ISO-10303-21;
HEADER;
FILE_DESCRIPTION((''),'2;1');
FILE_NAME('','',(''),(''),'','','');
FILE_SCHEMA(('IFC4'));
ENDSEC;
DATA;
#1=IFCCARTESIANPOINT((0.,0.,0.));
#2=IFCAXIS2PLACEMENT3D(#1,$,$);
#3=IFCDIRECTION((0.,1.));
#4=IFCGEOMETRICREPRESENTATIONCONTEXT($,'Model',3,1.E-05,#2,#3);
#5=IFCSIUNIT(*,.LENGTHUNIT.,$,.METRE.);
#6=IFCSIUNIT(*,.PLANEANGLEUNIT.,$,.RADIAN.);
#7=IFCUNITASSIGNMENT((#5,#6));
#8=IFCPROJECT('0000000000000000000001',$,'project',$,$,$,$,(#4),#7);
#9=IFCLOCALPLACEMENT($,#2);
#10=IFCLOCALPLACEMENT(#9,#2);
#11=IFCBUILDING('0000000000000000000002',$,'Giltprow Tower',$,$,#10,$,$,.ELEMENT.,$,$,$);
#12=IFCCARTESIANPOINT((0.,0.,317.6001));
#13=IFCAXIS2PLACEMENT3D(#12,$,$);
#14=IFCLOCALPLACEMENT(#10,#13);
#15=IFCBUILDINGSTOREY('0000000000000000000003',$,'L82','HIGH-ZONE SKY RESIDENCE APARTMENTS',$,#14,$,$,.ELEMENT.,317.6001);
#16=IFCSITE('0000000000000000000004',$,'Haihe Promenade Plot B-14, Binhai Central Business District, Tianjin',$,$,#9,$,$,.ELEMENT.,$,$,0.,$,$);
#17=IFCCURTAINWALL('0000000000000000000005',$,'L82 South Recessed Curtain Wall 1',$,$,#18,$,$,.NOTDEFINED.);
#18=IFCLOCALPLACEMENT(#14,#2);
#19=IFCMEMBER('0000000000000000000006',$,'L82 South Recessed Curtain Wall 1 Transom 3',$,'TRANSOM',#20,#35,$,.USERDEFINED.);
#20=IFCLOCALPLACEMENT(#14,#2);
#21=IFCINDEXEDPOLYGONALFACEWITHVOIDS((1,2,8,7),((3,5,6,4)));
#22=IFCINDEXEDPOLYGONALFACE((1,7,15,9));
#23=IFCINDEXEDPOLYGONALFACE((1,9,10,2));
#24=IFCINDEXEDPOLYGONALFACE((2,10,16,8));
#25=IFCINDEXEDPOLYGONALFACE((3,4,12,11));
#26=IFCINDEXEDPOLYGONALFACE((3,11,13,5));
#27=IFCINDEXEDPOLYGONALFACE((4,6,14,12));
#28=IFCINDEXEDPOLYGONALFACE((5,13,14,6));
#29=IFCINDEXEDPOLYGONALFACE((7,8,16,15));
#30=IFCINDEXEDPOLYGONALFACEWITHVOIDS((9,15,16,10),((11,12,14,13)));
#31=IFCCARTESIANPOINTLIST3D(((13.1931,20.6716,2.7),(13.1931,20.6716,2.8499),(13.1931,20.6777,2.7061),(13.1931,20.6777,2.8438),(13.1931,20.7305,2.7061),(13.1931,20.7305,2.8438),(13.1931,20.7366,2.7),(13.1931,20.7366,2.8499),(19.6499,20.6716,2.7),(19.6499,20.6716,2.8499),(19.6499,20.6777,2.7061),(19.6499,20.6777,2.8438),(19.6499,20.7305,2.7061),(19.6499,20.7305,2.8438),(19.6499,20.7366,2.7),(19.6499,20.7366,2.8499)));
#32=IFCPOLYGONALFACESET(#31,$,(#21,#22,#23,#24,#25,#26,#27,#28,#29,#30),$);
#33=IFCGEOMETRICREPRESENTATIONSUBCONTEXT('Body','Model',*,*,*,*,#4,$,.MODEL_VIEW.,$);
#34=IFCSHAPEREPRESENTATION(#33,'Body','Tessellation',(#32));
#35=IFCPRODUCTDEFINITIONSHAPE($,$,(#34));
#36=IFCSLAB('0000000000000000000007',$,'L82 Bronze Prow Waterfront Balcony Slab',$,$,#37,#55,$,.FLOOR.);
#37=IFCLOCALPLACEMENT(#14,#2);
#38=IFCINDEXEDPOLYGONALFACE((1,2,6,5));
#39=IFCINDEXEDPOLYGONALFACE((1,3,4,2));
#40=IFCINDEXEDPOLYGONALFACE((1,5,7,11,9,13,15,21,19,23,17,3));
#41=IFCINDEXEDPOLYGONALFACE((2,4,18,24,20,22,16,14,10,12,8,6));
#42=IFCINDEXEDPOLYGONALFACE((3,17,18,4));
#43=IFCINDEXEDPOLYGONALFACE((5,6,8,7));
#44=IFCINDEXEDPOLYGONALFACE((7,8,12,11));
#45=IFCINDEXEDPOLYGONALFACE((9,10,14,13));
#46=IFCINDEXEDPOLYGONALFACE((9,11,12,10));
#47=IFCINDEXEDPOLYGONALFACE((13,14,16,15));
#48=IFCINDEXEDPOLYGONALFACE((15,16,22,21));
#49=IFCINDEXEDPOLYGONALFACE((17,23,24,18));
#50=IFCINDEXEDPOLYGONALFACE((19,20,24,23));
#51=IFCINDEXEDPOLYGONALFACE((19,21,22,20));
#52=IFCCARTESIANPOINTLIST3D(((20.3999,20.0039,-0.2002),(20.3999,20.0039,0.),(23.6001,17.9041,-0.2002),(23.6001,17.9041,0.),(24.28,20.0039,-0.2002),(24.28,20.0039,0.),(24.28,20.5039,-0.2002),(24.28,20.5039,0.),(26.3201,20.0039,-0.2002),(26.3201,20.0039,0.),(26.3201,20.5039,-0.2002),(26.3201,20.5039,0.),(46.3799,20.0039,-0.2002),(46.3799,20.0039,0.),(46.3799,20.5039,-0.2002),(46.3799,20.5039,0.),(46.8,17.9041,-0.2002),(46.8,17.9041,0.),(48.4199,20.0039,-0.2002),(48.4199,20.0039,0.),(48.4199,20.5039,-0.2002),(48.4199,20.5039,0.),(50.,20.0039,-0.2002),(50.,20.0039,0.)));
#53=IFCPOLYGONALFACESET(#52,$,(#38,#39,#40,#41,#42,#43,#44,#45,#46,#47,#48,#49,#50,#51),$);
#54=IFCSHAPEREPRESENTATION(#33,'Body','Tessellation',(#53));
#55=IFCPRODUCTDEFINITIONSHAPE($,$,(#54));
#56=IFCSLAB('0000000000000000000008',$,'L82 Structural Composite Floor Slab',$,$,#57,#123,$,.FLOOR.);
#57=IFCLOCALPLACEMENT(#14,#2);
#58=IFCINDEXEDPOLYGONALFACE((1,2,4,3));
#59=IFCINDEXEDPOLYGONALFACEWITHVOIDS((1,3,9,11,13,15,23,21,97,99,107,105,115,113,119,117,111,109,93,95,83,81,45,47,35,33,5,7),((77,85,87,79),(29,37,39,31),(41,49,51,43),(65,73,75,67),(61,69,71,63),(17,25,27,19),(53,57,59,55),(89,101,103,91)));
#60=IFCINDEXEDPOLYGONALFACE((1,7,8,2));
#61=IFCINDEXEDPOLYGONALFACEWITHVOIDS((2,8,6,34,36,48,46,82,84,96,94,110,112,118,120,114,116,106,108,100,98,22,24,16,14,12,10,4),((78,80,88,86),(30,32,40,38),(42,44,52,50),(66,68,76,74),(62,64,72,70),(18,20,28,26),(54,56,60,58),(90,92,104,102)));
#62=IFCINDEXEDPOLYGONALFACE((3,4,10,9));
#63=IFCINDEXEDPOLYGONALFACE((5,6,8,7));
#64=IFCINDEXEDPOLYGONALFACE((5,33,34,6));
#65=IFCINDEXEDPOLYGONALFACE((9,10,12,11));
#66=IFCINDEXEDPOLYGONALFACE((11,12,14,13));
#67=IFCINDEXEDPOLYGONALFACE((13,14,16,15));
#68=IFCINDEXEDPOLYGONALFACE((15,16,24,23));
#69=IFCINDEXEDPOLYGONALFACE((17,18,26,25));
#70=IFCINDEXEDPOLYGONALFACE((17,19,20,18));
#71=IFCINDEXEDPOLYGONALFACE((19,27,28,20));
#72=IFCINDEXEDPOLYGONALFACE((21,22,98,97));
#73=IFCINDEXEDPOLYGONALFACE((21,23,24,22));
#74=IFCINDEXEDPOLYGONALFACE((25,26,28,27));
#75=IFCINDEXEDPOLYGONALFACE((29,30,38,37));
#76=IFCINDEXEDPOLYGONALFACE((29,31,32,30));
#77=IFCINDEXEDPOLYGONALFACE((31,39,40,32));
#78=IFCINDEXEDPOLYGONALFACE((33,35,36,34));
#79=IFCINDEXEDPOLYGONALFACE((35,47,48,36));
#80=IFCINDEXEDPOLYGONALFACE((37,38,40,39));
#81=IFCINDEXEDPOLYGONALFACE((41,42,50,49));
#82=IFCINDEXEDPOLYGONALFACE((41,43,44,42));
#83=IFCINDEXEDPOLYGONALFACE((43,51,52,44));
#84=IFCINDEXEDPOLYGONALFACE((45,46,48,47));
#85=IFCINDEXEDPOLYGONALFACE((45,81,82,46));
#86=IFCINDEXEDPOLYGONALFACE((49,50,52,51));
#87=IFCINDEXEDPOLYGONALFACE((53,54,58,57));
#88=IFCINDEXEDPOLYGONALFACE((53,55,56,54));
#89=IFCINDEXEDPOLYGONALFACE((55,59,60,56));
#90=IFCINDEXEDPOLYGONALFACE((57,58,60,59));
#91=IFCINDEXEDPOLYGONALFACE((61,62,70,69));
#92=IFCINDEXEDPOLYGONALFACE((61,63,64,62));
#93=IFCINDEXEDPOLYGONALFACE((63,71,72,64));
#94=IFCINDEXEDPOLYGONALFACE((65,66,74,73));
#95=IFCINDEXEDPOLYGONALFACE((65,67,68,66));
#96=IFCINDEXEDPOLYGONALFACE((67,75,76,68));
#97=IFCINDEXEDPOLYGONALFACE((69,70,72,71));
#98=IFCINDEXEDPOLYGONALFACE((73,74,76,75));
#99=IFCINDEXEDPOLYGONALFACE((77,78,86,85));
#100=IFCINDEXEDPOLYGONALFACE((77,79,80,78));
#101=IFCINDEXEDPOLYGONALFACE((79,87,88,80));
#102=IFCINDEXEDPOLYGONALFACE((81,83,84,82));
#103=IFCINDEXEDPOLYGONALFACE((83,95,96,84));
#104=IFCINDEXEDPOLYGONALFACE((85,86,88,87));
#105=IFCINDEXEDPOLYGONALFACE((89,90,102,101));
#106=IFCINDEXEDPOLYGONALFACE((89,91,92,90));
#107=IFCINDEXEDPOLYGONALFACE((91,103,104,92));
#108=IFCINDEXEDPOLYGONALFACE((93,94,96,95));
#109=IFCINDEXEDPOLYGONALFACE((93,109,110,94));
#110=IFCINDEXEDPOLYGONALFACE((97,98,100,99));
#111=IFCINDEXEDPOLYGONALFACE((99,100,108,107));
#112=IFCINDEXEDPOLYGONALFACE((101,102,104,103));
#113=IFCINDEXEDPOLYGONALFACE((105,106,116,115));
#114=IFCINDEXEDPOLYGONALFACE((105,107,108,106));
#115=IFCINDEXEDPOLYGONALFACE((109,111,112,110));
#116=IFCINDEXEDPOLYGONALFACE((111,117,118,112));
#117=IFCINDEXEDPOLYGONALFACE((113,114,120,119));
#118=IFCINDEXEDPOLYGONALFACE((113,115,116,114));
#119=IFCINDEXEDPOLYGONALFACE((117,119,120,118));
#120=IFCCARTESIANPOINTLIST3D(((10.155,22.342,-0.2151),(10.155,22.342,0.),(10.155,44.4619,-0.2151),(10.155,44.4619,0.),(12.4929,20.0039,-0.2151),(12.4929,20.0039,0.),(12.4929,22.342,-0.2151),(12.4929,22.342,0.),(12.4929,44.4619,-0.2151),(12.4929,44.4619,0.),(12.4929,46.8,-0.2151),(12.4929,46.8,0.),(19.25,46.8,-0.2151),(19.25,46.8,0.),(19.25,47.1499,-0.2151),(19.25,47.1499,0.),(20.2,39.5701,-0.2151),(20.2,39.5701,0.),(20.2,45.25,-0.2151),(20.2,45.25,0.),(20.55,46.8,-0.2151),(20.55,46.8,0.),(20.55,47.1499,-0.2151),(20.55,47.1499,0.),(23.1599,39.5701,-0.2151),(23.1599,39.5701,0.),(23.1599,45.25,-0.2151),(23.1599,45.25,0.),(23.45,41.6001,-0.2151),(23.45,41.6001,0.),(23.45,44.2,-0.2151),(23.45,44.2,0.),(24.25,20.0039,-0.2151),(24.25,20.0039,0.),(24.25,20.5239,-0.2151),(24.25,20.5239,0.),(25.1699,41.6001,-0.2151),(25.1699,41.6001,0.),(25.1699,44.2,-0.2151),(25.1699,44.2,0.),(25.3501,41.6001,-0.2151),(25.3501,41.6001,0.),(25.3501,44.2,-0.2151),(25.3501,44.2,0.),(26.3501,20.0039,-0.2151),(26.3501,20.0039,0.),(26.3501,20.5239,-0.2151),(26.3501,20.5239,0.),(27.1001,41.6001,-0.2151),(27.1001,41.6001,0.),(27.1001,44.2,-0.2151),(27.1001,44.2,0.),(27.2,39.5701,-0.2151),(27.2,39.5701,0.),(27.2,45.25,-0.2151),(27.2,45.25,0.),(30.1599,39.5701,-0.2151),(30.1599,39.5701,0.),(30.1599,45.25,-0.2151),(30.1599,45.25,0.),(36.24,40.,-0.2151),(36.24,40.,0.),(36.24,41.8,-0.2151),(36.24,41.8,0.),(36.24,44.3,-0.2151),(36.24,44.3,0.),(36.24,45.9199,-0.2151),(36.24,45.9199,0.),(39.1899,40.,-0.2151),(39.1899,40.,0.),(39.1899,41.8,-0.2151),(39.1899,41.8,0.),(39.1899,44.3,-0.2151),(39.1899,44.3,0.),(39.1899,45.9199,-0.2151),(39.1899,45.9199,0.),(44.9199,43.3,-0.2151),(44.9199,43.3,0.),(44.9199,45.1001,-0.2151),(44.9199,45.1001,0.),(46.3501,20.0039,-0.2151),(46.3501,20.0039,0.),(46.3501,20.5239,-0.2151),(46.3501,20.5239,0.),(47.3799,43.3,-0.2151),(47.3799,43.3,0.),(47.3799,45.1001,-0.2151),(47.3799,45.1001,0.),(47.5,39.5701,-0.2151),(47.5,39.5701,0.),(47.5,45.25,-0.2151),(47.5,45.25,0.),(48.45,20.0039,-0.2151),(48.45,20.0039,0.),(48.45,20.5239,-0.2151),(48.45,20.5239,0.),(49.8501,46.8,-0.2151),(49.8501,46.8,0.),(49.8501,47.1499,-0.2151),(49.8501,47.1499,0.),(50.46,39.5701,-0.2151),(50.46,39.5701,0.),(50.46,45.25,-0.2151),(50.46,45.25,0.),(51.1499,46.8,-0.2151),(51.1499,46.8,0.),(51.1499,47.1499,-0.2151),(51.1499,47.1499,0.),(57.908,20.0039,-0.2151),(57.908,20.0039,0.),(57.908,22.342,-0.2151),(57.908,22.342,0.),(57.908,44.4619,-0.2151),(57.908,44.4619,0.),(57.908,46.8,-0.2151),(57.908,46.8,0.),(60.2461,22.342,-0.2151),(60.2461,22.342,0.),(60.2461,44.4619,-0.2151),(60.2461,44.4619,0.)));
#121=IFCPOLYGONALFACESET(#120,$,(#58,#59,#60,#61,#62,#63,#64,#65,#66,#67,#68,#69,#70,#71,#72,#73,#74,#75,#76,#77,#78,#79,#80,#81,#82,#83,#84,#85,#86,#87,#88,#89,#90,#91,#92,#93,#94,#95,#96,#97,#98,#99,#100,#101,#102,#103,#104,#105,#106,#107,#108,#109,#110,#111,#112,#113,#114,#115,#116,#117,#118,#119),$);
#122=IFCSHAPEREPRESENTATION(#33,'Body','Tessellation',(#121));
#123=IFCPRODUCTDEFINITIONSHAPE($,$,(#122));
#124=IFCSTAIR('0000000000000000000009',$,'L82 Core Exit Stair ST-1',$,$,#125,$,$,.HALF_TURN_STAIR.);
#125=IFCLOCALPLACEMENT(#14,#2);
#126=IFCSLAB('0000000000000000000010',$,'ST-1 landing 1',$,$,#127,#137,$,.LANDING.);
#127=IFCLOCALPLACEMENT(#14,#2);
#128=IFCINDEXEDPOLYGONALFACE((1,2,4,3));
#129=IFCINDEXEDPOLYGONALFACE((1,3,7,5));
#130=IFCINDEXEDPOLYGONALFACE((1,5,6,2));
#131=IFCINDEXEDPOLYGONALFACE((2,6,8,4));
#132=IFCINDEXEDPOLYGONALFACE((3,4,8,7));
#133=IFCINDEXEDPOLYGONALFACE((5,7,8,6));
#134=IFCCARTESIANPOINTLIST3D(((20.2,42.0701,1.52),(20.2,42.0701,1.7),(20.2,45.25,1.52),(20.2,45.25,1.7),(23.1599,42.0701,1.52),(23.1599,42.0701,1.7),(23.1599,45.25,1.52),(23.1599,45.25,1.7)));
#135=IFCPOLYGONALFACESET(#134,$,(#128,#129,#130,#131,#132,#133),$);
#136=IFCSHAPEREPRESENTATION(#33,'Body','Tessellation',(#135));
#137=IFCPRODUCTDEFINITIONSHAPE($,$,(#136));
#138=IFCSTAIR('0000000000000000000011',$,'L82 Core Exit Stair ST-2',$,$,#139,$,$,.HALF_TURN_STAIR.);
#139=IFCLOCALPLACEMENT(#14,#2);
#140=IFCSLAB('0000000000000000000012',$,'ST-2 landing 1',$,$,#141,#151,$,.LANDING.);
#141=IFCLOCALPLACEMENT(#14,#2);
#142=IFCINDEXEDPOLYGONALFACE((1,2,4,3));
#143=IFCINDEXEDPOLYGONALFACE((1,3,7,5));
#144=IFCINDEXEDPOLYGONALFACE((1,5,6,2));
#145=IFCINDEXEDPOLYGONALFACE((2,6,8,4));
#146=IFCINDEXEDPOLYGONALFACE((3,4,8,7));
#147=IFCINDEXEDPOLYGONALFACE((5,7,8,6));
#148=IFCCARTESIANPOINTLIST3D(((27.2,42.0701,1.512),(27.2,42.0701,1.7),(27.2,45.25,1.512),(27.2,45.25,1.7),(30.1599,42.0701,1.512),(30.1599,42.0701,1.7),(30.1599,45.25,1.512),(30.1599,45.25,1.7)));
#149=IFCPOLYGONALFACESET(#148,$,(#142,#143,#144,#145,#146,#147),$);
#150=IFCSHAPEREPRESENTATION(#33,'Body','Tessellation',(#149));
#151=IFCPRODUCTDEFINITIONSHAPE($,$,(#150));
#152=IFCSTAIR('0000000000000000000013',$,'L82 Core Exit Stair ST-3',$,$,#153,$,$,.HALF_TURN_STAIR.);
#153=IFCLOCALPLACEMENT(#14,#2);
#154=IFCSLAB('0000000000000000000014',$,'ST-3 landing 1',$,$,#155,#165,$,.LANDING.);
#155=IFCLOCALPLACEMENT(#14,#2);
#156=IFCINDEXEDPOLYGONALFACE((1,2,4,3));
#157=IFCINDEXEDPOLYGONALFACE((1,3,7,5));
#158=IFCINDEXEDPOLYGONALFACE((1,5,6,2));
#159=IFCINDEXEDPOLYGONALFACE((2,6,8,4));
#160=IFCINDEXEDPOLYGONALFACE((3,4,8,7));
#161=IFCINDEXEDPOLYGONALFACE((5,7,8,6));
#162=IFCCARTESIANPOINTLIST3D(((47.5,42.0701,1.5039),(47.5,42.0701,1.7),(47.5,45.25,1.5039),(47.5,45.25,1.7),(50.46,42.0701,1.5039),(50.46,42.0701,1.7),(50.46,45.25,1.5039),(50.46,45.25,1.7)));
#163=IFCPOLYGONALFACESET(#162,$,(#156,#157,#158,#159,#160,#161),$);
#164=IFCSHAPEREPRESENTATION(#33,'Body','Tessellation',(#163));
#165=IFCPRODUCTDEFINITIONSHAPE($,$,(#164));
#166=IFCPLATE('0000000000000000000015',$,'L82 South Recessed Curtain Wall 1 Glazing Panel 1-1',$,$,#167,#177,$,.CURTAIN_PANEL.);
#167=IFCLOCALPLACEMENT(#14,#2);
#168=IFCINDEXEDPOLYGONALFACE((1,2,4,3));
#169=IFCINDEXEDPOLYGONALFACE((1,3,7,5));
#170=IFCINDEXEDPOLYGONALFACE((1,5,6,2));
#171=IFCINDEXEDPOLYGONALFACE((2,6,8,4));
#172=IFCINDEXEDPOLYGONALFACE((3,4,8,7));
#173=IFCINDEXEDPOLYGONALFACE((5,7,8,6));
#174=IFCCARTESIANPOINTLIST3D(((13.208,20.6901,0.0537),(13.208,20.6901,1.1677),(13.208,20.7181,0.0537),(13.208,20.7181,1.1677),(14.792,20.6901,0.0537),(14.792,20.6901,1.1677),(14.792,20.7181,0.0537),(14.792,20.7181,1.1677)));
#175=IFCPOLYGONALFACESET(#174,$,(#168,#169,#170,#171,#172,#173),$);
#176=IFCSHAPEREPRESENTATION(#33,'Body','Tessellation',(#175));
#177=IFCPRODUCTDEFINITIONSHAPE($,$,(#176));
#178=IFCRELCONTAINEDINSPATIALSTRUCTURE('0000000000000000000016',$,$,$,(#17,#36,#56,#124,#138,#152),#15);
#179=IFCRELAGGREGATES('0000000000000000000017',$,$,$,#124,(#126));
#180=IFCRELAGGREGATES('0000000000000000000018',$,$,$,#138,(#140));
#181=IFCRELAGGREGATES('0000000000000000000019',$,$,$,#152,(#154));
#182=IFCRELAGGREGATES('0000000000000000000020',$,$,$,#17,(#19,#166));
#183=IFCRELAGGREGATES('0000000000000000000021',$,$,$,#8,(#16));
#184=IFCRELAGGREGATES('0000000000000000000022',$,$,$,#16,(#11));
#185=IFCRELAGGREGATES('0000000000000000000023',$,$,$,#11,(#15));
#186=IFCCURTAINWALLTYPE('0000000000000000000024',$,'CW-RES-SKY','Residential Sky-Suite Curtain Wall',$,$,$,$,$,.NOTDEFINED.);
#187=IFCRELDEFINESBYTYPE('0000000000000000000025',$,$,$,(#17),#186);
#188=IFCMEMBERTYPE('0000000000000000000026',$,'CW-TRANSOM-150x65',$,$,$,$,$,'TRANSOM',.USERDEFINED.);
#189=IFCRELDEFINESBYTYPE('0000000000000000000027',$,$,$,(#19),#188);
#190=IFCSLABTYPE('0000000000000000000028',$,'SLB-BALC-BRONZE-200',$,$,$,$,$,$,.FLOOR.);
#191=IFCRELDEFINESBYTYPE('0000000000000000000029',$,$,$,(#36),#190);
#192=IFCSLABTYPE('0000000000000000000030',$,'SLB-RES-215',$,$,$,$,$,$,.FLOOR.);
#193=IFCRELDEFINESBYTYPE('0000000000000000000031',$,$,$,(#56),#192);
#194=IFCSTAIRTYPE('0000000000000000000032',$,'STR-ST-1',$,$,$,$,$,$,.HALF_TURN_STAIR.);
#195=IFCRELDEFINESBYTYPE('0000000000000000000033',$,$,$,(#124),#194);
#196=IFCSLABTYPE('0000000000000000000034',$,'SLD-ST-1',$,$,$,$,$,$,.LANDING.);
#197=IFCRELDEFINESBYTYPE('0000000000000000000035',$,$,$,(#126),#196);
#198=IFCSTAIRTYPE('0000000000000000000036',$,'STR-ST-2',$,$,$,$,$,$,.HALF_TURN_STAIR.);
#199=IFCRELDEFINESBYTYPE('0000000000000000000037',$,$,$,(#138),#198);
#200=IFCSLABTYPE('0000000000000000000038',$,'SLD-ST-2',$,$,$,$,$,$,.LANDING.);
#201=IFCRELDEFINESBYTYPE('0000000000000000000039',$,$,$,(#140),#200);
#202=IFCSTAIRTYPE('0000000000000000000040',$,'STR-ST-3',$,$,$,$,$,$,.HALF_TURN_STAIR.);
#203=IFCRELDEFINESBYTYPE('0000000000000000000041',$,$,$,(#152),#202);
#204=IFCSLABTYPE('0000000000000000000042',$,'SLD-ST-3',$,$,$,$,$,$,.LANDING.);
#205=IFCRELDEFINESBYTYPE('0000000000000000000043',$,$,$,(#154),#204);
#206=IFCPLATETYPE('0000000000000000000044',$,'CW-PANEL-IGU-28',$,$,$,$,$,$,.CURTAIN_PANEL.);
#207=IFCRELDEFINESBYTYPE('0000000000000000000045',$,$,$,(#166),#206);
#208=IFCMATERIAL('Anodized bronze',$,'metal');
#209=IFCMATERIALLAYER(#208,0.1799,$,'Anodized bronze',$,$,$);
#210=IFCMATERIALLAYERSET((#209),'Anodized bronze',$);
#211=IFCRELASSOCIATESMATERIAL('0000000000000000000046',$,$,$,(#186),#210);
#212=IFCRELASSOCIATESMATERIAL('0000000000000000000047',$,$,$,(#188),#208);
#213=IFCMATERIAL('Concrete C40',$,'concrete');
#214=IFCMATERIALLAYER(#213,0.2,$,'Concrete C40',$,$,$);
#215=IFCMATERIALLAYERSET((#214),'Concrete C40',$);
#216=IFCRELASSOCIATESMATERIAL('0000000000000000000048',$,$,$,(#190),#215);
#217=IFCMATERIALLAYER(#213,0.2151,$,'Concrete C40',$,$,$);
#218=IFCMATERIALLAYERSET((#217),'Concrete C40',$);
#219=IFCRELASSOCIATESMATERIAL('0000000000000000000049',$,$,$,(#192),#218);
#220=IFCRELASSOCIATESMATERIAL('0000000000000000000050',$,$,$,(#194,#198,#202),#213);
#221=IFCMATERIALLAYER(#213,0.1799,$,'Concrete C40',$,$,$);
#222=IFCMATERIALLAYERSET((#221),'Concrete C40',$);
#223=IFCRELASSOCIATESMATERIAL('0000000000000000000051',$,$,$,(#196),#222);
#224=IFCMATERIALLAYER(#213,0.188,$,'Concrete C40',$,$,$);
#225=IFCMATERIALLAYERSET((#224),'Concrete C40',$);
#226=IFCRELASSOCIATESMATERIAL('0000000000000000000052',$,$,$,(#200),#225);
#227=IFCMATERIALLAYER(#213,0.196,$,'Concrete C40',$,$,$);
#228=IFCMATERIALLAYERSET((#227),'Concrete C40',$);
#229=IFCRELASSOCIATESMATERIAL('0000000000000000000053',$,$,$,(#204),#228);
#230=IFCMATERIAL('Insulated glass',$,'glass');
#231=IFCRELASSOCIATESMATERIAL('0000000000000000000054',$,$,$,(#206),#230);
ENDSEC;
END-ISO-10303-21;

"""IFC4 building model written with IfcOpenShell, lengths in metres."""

from ifc_helpers import new_model, si_unit, direction, frame, origin, origin_2d, place, context, subcontext, project, spatial, polyline, rectangle, hollow_rectangle, outline, extrude, source, transform, mapped, material, layer, layer_set, material_profile, profile_set, type_object, element, aggregate, save


model = new_model("IFC4")

# Units and contexts
model_context = context("Model", 3, precision=1e-05, world=origin(), true_north=direction((0.0, 1.0)))
body_context = subcontext(model_context, "Body", "Model", "MODEL_VIEW")
ifc_project = project(units=[si_unit("LENGTHUNIT", "METRE"), si_unit("PLANEANGLEUNIT", "RADIAN")], contexts=[model_context])

# Site, building, storey
site_placement = place(None, origin())
site = spatial("IfcSite", under=ifc_project, at=site_placement, Name="Haihe Promenade Plot B-14, Binhai Central Business District, Tianjin", CompositionType="ELEMENT", RefElevation=0.0)
building_placement = place(site_placement, origin())
building = spatial("IfcBuilding", under=site, at=building_placement, Name="Giltprow Tower", CompositionType="ELEMENT")
storey_placement = place(building_placement, frame((0.0, 0.0, 317.6001)))
storey = spatial("IfcBuildingStorey", under=building, at=storey_placement, Name="L82", Description="HIGH-ZONE SKY RESIDENCE APARTMENTS", CompositionType="ELEMENT", Elevation=317.6001)

# Curtain wall, member
ifc_material_1 = material(Name="Anodized bronze", Category="metal")
ifc_layer_1 = layer(ifc_material_1, 0.1799, Name="Anodized bronze")
ifc_layer_set_1 = layer_set([ifc_layer_1], Name="Anodized bronze")
curtain_wall_type = type_object("IfcCurtainWallType", Name="CW-RES-SKY", Description="Residential Sky-Suite Curtain Wall", PredefinedType="NOTDEFINED", material=ifc_layer_set_1)
curtain_wall_placement = place(storey_placement, origin())
curtain_wall = element("IfcCurtainWall", 1, at=curtain_wall_placement, inside=storey, type_object=curtain_wall_type, Name="L82 South Recessed Curtain Wall 1", PredefinedType="NOTDEFINED")
ifc_material_profile_1 = material_profile(ifc_material_1, hollow_rectangle(XDim=0.0649, YDim=0.1499, WallThickness=0.0061, at=origin_2d()), Name="RHS 150x65x6")
ifc_profile_set_1 = profile_set([ifc_material_profile_1], Name="Anodized bronze")
member_type_1 = type_object("IfcMemberType", Name="CW-TRANSOM-150x65", ElementType="TRANSOM", PredefinedType="USERDEFINED", material=ifc_profile_set_1)
shared_shape_1 = source(origin(), body_context, "Body", "SweptSolid", [
    extrude(hollow_rectangle(XDim=0.0649, YDim=0.1499, WallThickness=0.0061, at=origin_2d()), origin(), (0.0, 0.0, 1.0), 6.4568),
])
member_1_placement = place(storey_placement, frame((13.1931, 20.7041, 2.7749), z_axis=(1.0, 0.0, 0.0), x_axis=(0.0, 1.0, 0.0)))
member_1 = element("IfcMember", 2, at=member_1_placement, type_object=member_type_1, Name="L82 South Recessed Curtain Wall 1 Transom 3", ObjectType="TRANSOM", PredefinedType="USERDEFINED", context=body_context, shape_type="MappedRepresentation", body=[
    mapped(shared_shape_1, transform((0.0, 0.0, 0.0), x_axis=(1.0, 0.0, 0.0), y_axis=(0.0, 1.0, 0.0), z_axis=(0.0, 0.0, 1.0), scale=1.0)),
])

# Slabs
ifc_material_2 = material(Name="Concrete C40", Category="concrete")
ifc_layer_2 = layer(ifc_material_2, 0.2, Name="Concrete C40")
ifc_layer_set_2 = layer_set([ifc_layer_2], Name="Concrete C40")
slab_type_1 = type_object("IfcSlabType", Name="SLB-BALC-BRONZE-200", PredefinedType="FLOOR", material=ifc_layer_set_2)
slab_1_placement = place(storey_placement, frame((0.0, 0.0, -0.2002)))
element("IfcSlab", 3, at=slab_1_placement, inside=storey, type_object=slab_type_1, Name="L82 Bronze Prow Waterfront Balcony Slab", PredefinedType="FLOOR", context=body_context, shape_type="SweptSolid", body=[
    extrude(outline(polyline([(50.0, 20.0039), (46.8, 17.9041), (23.6001, 17.9041), (20.3999, 20.0039), (24.28, 20.0039), (24.28, 20.5039), (26.3201, 20.5039), (26.3201, 20.0039), (46.3799, 20.0039), (46.3799, 20.5039), (48.4199, 20.5039), (48.4199, 20.0039), (50.0, 20.0039)])), origin(), (0.0, 0.0, 1.0), 0.2002),
])
ifc_layer_3 = layer(ifc_material_2, 0.2151, Name="Concrete C40")
ifc_layer_set_3 = layer_set([ifc_layer_3], Name="Concrete C40")
slab_type_2 = type_object("IfcSlabType", Name="SLB-RES-215", PredefinedType="FLOOR", material=ifc_layer_set_3)
slab_2_placement = place(storey_placement, frame((0.0, 0.0, -0.2151)))
element("IfcSlab", 4, at=slab_2_placement, inside=storey, type_object=slab_type_2, Name="L82 Structural Composite Floor Slab", PredefinedType="FLOOR", context=body_context, shape_type="SweptSolid", body=[
    extrude(outline(polyline([(60.2461, 44.4619), (60.2461, 22.342), (57.908, 22.342), (57.908, 20.0039), (48.45, 20.0039), (48.45, 20.5239), (46.3501, 20.5239), (46.3501, 20.0039), (26.3501, 20.0039), (26.3501, 20.5239), (24.25, 20.5239), (24.25, 20.0039), (12.4929, 20.0039), (12.4929, 22.342), (10.155, 22.342), (10.155, 44.4619), (12.4929, 44.4619), (12.4929, 46.8), (19.25, 46.8), (19.25, 47.1499), (20.55, 47.1499), (20.55, 46.8), (49.8501, 46.8), (49.8501, 47.1499), (51.1499, 47.1499), (51.1499, 46.8), (57.908, 46.8), (57.908, 44.4619), (60.2461, 44.4619)]), holes=[polyline([(39.1899, 41.8), (36.24, 41.8), (36.24, 40.0), (39.1899, 40.0), (39.1899, 41.8)]), polyline([(23.1599, 39.5701), (23.1599, 45.25), (20.2, 45.25), (20.2, 39.5701), (23.1599, 39.5701)]), polyline([(30.1599, 39.5701), (30.1599, 45.25), (27.2, 45.25), (27.2, 39.5701), (30.1599, 39.5701)]), polyline([(50.46, 45.25), (47.5, 45.25), (47.5, 39.5701), (50.46, 39.5701), (50.46, 45.25)]), polyline([(25.1699, 44.2), (23.45, 44.2), (23.45, 41.6001), (25.1699, 41.6001), (25.1699, 44.2)]), polyline([(27.1001, 44.2), (25.3501, 44.2), (25.3501, 41.6001), (27.1001, 41.6001), (27.1001, 44.2)]), polyline([(47.3799, 43.3), (47.3799, 45.1001), (44.9199, 45.1001), (44.9199, 43.3), (47.3799, 43.3)]), polyline([(39.1899, 44.3), (39.1899, 45.9199), (36.24, 45.9199), (36.24, 44.3), (39.1899, 44.3)])]), origin(), (0.0, 0.0, 1.0), 0.2151),
])

# Stairs, slabs
stair_type_1 = type_object("IfcStairType", Name="STR-ST-1", PredefinedType="HALF_TURN_STAIR", material=ifc_material_2)
stair_1_placement = place(storey_placement, origin())
stair_1 = element("IfcStair", 5, at=stair_1_placement, inside=storey, type_object=stair_type_1, Name="L82 Core Exit Stair ST-1", PredefinedType="HALF_TURN_STAIR")
ifc_layer_4 = layer(ifc_material_2, 0.1799, Name="Concrete C40")
ifc_layer_set_4 = layer_set([ifc_layer_4], Name="Concrete C40")
slab_type_3 = type_object("IfcSlabType", Name="SLD-ST-1", PredefinedType="LANDING", material=ifc_layer_set_4)
slab_3_placement = place(storey_placement, frame((0.0, 0.0, 1.52)))
slab_3 = element("IfcSlab", 6, at=slab_3_placement, type_object=slab_type_3, Name="ST-1 landing 1", PredefinedType="LANDING", context=body_context, shape_type="SweptSolid", body=[
    extrude(outline(polyline([(23.1599, 42.0701), (23.1599, 45.25), (20.2, 45.25), (20.2, 42.0701), (23.1599, 42.0701)])), origin(), (0.0, 0.0, 1.0), 0.1799),
])
aggregate(stair_1, [slab_3])
stair_type_2 = type_object("IfcStairType", Name="STR-ST-2", PredefinedType="HALF_TURN_STAIR", material=ifc_material_2)
stair_2_placement = place(storey_placement, origin())
stair_2 = element("IfcStair", 7, at=stair_2_placement, inside=storey, type_object=stair_type_2, Name="L82 Core Exit Stair ST-2", PredefinedType="HALF_TURN_STAIR")
ifc_layer_5 = layer(ifc_material_2, 0.188, Name="Concrete C40")
ifc_layer_set_5 = layer_set([ifc_layer_5], Name="Concrete C40")
slab_type_4 = type_object("IfcSlabType", Name="SLD-ST-2", PredefinedType="LANDING", material=ifc_layer_set_5)
slab_4_placement = place(storey_placement, frame((0.0, 0.0, 1.512)))
slab_4 = element("IfcSlab", 8, at=slab_4_placement, type_object=slab_type_4, Name="ST-2 landing 1", PredefinedType="LANDING", context=body_context, shape_type="SweptSolid", body=[
    extrude(outline(polyline([(30.1599, 42.0701), (30.1599, 45.25), (27.2, 45.25), (27.2, 42.0701), (30.1599, 42.0701)])), origin(), (0.0, 0.0, 1.0), 0.188),
])
aggregate(stair_2, [slab_4])
stair_type_3 = type_object("IfcStairType", Name="STR-ST-3", PredefinedType="HALF_TURN_STAIR", material=ifc_material_2)
stair_3_placement = place(storey_placement, origin())
stair_3 = element("IfcStair", 9, at=stair_3_placement, inside=storey, type_object=stair_type_3, Name="L82 Core Exit Stair ST-3", PredefinedType="HALF_TURN_STAIR")
ifc_layer_6 = layer(ifc_material_2, 0.196, Name="Concrete C40")
ifc_layer_set_6 = layer_set([ifc_layer_6], Name="Concrete C40")
slab_type_5 = type_object("IfcSlabType", Name="SLD-ST-3", PredefinedType="LANDING", material=ifc_layer_set_6)
slab_5_placement = place(storey_placement, frame((0.0, 0.0, 1.5039)))
slab_5 = element("IfcSlab", 10, at=slab_5_placement, type_object=slab_type_5, Name="ST-3 landing 1", PredefinedType="LANDING", context=body_context, shape_type="SweptSolid", body=[
    extrude(outline(polyline([(50.46, 42.0701), (50.46, 45.25), (47.5, 45.25), (47.5, 42.0701), (50.46, 42.0701)])), origin(), (0.0, 0.0, 1.0), 0.196),
])
aggregate(stair_3, [slab_5])

# Plate
ifc_material_3 = material(Name="Insulated glass", Category="glass")
plate_type = type_object("IfcPlateType", Name="CW-PANEL-IGU-28", PredefinedType="CURTAIN_PANEL", material=ifc_material_3)
shared_shape_2 = source(origin(), body_context, "Body", "SweptSolid", [
    extrude(rectangle(XDim=1.584, YDim=0.0281, at=origin_2d()), origin(), (0.0, 0.0, 1.0), 1.114),
])
plate_1_placement = place(storey_placement, frame((14.0, 20.7041, 0.0537), z_axis=(0.0, 0.0, 1.0), x_axis=(1.0, 0.0, 0.0)))
plate_1 = element("IfcPlate", 11, at=plate_1_placement, type_object=plate_type, Name="L82 South Recessed Curtain Wall 1 Glazing Panel 1-1", PredefinedType="CURTAIN_PANEL", context=body_context, shape_type="MappedRepresentation", body=[
    mapped(shared_shape_2, transform((0.0, 0.0, 0.0), x_axis=(1.0, 0.0, 0.0), y_axis=(0.0, 1.0, 0.0), z_axis=(0.0, 0.0, 1.0), scale=1.0)),
])
aggregate(curtain_wall, [member_1, plate_1])

save(model, "model.ifc")
